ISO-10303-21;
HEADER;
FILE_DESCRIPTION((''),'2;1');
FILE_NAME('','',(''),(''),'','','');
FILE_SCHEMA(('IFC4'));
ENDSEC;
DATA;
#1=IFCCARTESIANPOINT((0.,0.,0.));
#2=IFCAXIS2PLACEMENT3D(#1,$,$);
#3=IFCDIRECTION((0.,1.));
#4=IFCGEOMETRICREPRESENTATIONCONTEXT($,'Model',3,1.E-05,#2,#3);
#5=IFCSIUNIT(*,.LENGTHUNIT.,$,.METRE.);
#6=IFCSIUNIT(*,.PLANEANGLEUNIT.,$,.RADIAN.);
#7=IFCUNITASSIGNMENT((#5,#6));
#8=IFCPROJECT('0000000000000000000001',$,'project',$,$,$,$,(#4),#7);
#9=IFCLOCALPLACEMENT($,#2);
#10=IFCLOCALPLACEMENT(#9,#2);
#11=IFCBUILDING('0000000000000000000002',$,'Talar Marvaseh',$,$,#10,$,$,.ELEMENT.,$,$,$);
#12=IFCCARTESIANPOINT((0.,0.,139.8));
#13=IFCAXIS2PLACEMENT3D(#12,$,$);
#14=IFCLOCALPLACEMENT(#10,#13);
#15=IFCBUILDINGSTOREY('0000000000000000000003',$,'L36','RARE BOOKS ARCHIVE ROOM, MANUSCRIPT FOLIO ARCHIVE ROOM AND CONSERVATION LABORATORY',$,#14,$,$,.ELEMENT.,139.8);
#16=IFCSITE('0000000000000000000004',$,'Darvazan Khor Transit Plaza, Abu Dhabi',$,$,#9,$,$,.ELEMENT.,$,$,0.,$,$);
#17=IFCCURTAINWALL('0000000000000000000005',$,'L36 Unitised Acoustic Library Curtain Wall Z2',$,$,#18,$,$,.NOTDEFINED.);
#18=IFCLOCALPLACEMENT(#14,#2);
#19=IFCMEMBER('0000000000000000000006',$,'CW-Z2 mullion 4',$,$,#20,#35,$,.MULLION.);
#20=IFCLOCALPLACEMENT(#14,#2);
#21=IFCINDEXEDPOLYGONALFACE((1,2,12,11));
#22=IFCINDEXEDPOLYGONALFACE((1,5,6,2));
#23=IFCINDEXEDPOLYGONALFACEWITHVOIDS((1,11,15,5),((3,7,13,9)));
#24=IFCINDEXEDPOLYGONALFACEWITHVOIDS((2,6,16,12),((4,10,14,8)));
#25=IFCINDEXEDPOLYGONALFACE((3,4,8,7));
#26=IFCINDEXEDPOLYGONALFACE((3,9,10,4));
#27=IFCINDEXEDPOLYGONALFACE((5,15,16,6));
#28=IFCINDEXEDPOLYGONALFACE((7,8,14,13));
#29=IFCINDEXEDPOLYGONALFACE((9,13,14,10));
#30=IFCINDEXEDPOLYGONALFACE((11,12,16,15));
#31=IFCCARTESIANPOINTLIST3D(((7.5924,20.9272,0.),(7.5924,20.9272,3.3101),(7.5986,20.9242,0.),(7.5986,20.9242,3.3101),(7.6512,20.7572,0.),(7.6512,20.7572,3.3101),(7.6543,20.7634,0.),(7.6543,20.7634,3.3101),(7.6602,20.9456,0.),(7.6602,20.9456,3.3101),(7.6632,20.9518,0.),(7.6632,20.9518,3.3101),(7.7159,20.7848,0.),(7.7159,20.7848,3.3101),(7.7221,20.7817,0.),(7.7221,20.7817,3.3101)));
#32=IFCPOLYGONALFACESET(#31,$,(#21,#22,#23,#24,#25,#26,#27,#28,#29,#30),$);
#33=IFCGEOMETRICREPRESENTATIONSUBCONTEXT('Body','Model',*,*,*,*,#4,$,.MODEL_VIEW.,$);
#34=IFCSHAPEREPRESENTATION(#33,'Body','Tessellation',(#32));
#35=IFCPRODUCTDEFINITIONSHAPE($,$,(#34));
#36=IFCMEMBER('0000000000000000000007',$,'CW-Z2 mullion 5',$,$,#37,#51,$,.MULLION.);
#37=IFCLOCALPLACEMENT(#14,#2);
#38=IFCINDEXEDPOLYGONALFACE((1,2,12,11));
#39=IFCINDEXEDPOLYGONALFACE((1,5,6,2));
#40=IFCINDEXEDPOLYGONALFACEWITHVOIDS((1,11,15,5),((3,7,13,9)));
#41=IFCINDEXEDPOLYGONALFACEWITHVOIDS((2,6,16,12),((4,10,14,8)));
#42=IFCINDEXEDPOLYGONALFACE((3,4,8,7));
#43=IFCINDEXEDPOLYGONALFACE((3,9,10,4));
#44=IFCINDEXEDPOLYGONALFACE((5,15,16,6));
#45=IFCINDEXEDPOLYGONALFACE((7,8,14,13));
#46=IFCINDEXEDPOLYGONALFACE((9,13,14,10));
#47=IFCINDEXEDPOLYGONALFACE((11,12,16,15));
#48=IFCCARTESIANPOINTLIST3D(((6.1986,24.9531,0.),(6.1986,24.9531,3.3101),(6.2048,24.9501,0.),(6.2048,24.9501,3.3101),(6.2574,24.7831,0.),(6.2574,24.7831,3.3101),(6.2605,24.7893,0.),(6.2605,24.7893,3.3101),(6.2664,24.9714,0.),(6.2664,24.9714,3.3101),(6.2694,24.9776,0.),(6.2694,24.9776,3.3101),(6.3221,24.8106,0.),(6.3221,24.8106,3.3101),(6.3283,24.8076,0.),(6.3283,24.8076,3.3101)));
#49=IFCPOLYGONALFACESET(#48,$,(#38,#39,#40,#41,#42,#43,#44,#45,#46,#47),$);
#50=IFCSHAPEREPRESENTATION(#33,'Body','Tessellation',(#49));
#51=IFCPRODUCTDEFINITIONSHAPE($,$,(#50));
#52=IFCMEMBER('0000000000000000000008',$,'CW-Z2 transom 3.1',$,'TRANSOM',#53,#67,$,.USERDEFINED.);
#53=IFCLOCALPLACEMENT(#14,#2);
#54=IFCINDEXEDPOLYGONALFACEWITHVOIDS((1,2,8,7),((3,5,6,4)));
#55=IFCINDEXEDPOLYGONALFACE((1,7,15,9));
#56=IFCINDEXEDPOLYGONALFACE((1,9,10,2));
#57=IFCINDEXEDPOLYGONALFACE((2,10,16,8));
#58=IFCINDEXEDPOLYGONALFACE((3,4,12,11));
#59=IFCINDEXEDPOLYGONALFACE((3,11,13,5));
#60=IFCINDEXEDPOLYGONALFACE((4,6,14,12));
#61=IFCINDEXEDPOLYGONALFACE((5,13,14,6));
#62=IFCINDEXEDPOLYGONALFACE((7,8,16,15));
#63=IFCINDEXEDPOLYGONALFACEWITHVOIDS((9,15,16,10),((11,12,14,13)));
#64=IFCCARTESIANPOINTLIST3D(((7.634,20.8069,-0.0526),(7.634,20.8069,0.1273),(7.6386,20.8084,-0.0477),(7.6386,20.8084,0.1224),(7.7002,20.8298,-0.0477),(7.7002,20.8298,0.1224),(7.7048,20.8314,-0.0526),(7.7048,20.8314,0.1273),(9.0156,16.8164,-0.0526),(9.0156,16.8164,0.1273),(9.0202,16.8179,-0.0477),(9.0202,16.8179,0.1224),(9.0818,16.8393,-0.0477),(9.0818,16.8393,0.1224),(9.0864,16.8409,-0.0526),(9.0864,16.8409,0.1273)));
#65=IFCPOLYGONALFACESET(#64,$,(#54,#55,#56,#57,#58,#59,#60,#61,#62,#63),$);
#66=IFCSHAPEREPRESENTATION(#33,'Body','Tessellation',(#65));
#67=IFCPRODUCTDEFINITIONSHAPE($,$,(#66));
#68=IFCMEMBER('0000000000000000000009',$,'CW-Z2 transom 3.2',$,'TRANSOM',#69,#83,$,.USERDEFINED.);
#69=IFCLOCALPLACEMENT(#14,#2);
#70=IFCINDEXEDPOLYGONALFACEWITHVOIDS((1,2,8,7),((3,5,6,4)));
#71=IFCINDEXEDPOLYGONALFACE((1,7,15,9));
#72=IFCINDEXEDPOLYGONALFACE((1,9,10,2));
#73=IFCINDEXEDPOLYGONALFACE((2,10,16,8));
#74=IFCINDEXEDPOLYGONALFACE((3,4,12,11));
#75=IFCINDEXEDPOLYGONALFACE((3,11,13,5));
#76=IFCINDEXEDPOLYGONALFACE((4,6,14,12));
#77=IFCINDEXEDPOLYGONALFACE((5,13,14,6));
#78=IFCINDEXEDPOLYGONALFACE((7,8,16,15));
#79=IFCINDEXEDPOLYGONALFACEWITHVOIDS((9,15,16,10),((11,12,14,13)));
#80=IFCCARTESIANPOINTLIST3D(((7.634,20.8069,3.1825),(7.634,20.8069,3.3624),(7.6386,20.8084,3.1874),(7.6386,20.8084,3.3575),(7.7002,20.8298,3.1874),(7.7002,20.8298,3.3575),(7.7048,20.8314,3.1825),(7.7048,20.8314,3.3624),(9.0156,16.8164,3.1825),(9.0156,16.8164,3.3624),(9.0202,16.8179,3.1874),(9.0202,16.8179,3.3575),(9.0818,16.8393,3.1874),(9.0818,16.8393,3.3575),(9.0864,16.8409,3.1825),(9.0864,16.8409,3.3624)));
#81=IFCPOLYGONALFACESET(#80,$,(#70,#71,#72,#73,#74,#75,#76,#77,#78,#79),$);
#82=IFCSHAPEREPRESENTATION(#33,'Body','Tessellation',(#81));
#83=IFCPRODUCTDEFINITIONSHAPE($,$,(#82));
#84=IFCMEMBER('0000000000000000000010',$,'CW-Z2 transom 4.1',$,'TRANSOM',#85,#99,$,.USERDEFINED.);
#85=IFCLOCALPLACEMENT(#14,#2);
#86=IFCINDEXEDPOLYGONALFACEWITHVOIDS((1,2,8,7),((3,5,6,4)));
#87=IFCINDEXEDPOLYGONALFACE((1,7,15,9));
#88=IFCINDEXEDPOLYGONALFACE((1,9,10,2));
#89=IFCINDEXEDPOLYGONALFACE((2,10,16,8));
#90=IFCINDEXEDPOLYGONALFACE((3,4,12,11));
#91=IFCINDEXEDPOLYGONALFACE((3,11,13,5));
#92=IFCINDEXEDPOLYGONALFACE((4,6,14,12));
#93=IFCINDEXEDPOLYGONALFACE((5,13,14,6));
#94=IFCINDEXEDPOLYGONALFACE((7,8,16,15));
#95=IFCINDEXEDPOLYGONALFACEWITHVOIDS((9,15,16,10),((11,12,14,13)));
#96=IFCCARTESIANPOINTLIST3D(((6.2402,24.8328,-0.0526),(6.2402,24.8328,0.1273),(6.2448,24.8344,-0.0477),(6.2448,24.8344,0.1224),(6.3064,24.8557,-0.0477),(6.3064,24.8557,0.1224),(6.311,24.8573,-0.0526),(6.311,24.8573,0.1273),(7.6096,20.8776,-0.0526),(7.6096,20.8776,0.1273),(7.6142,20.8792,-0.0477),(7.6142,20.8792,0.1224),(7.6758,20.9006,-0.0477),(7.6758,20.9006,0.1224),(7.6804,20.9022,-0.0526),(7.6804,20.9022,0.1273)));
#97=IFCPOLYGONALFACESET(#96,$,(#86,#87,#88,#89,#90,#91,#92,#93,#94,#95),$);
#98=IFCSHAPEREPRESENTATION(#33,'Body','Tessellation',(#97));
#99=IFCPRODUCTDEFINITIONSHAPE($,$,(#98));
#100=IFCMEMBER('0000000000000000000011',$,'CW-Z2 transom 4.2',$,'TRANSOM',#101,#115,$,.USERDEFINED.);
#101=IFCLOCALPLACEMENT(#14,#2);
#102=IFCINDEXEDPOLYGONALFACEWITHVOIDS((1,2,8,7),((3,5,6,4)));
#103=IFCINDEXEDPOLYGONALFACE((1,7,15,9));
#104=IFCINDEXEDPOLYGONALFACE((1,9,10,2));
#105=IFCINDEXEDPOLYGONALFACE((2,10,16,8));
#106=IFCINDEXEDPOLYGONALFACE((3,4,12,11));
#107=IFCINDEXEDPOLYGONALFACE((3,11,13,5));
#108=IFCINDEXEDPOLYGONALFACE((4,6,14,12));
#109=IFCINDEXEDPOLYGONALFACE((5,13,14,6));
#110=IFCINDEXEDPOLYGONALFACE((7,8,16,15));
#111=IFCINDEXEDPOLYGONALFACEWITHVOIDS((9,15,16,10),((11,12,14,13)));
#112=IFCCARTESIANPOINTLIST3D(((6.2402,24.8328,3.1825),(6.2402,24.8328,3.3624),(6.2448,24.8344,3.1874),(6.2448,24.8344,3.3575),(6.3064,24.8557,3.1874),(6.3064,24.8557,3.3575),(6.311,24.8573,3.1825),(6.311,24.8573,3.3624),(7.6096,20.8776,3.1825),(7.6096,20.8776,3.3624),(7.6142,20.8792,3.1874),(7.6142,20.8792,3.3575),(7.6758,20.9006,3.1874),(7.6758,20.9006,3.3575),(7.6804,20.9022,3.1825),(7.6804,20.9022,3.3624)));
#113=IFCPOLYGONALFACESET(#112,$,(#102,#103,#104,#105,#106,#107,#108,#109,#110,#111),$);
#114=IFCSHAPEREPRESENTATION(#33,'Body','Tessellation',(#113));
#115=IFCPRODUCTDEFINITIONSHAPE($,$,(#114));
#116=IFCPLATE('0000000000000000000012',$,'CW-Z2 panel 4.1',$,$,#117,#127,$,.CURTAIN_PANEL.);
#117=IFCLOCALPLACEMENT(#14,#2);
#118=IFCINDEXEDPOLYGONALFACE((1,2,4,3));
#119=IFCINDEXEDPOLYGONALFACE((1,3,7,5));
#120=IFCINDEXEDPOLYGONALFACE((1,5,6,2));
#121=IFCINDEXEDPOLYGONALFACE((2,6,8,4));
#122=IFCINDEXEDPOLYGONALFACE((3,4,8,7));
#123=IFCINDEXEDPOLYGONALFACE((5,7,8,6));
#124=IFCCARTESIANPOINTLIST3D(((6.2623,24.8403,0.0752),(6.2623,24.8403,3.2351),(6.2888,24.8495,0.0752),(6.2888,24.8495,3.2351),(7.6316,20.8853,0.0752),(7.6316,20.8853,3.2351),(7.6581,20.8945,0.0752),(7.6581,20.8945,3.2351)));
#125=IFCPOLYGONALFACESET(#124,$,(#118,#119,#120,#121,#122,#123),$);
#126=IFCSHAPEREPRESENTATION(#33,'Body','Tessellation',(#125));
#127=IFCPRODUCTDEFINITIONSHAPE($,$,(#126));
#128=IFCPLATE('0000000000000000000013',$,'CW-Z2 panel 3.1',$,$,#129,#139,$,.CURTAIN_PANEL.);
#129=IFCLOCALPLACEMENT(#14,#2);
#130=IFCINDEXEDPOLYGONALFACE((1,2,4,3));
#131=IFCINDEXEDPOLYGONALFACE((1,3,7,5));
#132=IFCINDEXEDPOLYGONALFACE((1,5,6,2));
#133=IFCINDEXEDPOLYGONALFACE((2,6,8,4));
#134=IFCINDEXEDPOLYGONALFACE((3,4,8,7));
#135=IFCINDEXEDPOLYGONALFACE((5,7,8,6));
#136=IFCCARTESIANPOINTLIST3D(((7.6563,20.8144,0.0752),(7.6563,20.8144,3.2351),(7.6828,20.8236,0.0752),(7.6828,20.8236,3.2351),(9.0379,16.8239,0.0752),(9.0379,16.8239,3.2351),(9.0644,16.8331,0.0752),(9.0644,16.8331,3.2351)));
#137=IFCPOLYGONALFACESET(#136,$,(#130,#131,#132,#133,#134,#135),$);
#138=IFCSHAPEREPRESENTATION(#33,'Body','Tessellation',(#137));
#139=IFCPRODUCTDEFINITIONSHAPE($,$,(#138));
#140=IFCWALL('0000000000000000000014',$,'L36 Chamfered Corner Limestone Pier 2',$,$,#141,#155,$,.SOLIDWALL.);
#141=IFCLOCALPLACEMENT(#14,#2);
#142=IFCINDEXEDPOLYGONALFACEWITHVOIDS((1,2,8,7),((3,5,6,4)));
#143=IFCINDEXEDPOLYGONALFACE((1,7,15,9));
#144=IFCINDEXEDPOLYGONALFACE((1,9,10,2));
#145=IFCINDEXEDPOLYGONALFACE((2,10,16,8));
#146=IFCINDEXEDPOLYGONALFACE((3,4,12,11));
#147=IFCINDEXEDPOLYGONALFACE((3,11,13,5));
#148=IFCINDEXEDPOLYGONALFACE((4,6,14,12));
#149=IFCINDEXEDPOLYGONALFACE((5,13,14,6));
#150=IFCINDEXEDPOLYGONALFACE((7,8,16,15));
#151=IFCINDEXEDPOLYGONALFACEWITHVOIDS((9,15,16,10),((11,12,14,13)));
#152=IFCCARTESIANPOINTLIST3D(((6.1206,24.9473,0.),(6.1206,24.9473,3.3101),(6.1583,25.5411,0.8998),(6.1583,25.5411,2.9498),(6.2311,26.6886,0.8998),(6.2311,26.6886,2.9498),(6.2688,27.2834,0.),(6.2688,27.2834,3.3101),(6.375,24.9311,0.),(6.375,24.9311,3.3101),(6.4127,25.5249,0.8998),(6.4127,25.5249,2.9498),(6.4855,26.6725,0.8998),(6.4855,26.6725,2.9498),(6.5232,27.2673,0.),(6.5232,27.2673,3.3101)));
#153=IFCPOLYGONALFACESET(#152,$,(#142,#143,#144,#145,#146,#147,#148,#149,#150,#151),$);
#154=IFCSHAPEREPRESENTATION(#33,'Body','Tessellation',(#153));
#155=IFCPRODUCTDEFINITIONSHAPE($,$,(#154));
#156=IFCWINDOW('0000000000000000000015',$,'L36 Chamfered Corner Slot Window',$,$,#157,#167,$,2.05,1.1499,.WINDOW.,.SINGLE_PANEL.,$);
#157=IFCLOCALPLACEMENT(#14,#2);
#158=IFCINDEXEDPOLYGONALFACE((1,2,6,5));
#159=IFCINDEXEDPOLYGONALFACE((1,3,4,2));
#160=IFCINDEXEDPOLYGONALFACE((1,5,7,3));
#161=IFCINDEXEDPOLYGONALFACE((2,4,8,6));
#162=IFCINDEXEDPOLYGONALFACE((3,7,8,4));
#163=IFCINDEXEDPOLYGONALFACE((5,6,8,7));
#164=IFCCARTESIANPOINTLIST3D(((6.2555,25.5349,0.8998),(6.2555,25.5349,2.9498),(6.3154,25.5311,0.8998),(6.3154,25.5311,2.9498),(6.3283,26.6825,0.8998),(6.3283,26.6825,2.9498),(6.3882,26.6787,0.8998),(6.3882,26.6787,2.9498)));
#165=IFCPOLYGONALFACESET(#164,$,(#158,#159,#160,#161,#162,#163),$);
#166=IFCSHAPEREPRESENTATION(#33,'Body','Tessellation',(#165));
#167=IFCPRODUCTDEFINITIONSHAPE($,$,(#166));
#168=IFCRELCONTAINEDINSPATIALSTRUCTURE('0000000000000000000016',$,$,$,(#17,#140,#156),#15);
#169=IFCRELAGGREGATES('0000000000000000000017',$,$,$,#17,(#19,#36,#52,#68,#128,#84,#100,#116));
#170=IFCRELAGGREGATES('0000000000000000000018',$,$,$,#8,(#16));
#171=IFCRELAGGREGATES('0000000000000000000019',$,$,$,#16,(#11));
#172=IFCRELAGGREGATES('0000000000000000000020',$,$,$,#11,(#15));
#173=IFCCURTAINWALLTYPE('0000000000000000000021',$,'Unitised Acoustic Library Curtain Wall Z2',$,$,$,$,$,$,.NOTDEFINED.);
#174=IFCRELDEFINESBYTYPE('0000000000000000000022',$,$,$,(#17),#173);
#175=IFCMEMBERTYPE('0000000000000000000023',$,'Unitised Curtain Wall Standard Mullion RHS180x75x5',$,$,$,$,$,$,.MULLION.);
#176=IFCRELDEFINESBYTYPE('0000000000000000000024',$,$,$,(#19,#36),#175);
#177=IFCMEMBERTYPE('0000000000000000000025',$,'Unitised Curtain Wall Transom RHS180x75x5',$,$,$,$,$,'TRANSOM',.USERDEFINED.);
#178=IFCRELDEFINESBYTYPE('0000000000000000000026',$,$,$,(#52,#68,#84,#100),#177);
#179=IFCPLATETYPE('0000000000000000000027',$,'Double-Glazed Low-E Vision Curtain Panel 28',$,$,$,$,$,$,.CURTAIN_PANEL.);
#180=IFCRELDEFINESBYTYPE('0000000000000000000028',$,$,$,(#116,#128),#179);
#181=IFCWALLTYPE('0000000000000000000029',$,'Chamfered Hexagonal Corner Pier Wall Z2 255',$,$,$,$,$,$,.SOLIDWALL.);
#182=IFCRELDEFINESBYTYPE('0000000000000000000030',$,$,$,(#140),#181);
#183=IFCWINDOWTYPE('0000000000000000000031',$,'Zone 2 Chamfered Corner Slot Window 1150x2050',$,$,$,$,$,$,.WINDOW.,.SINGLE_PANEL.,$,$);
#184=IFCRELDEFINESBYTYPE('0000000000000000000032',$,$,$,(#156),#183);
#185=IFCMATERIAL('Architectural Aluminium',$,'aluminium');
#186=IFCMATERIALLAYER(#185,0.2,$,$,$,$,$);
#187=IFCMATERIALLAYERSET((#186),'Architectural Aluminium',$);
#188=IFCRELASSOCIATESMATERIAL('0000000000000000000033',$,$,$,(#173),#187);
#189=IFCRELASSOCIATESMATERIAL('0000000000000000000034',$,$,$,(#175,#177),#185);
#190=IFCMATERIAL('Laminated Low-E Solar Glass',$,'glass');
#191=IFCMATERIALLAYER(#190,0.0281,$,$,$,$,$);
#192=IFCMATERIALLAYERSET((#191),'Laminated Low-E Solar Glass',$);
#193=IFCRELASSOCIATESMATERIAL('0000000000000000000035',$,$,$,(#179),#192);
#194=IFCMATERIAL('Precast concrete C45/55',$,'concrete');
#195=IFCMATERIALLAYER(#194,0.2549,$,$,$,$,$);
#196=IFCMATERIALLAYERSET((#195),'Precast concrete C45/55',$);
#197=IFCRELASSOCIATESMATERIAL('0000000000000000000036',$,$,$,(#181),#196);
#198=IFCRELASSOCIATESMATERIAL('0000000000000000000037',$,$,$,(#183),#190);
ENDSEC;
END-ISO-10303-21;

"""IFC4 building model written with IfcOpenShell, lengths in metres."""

from ifc_helpers import new_model, si_unit, direction, frame, frame_2d, origin, origin_2d, place, context, subcontext, project, spatial, rectangle, hollow_rectangle, extrude, source, transform, mapped, material, layer, layer_set, material_profile, profile_set, type_object, type_shapes, element, fill, aggregate, save


model = new_model("IFC4")

# Units and contexts
model_context = context("Model", 3, precision=1e-05, world=origin(), true_north=direction((0.0, 1.0)))
body_context = subcontext(model_context, "Body", "Model", "MODEL_VIEW")
ifc_project = project(units=[si_unit("LENGTHUNIT", "METRE"), si_unit("PLANEANGLEUNIT", "RADIAN")], contexts=[model_context])

# Site, building, storey
site_placement = place(None, origin())
site = spatial("IfcSite", under=ifc_project, at=site_placement, Name="Darvazan Khor Transit Plaza, Abu Dhabi", CompositionType="ELEMENT", RefElevation=0.0)
building_placement = place(site_placement, origin())
building = spatial("IfcBuilding", under=site, at=building_placement, Name="Talar Marvaseh", CompositionType="ELEMENT")
storey_placement = place(building_placement, frame((0.0, 0.0, 139.8)))
storey = spatial("IfcBuildingStorey", under=building, at=storey_placement, Name="L36", Description="RARE BOOKS ARCHIVE ROOM, MANUSCRIPT FOLIO ARCHIVE ROOM AND CONSERVATION LABORATORY", CompositionType="ELEMENT", Elevation=139.8)

# Curtain wall, members, plates
ifc_material_1 = material(Name="Architectural Aluminium", Category="aluminium")
ifc_layer_1 = layer(ifc_material_1, 0.2)
ifc_layer_set_1 = layer_set([ifc_layer_1], Name="Architectural Aluminium")
curtain_wall_type = type_object("IfcCurtainWallType", Name="Unitised Acoustic Library Curtain Wall Z2", PredefinedType="NOTDEFINED", material=ifc_layer_set_1)
curtain_wall_placement = place(storey_placement, origin())
curtain_wall = element("IfcCurtainWall", 1, at=curtain_wall_placement, inside=storey, type_object=curtain_wall_type, Name="L36 Unitised Acoustic Library Curtain Wall Z2", PredefinedType="NOTDEFINED")
ifc_material_profile_1 = material_profile(ifc_material_1, hollow_rectangle(XDim=0.075, YDim=0.1799, WallThickness=0.0049, at=origin_2d()), Name="RHS180x75x5")
ifc_profile_set_1 = profile_set([ifc_material_profile_1], Name="Architectural Aluminium")
member_type_1 = type_object("IfcMemberType", Name="Unitised Curtain Wall Standard Mullion RHS180x75x5", PredefinedType="MULLION", material=ifc_profile_set_1)
shared_shape_1 = source(origin(), body_context, "Body", "SweptSolid", [
    extrude(hollow_rectangle(XDim=0.075, YDim=0.1799, WallThickness=0.0049, at=origin_2d()), origin(), (0.0, 0.0, 1.0), 3.3101),
])
type_shapes(member_type_1, [shared_shape_1])
member_1_placement = place(storey_placement, frame((7.6572, 20.8545, 0.0), z_axis=(0.0, 0.0, 1.0), x_axis=(-0.944969, -0.32716, 0.0)))
member_1 = element("IfcMember", 2, at=member_1_placement, type_object=member_type_1, Name="CW-Z2 mullion 4", PredefinedType="MULLION", context=body_context, shape_type="MappedRepresentation", body=[
    mapped(shared_shape_1, transform((0.0, 0.0, 0.0), x_axis=(1.0, 0.0, 0.0), y_axis=(0.0, 1.0, 0.0), z_axis=(0.0, 0.0, 1.0), scale=1.0)),
])
member_2_placement = place(storey_placement, frame((6.2634, 24.8804, 0.0), z_axis=(0.0, 0.0, 1.0), x_axis=(-0.944969, -0.32716, 0.0)))
member_2 = element("IfcMember", 3, at=member_2_placement, type_object=member_type_1, Name="CW-Z2 mullion 5", PredefinedType="MULLION", context=body_context, shape_type="MappedRepresentation", body=[
    mapped(shared_shape_1, transform((0.0, 0.0, 0.0), x_axis=(1.0, 0.0, 0.0), y_axis=(0.0, 1.0, 0.0), z_axis=(0.0, 0.0, 1.0), scale=1.0)),
])
ifc_material_profile_2 = material_profile(ifc_material_1, hollow_rectangle(XDim=0.075, YDim=0.1799, WallThickness=0.0049, at=origin_2d()), Name="RHS180x75x5")
ifc_profile_set_2 = profile_set([ifc_material_profile_2], Name="Architectural Aluminium")
member_type_2 = type_object("IfcMemberType", Name="Unitised Curtain Wall Transom RHS180x75x5", ElementType="TRANSOM", PredefinedType="USERDEFINED", material=ifc_profile_set_2)
shared_shape_2 = source(origin(), body_context, "Body", "SweptSolid", [
    extrude(hollow_rectangle(XDim=0.075, YDim=0.1799, WallThickness=0.0049, at=origin_2d()), origin(), (0.0, 0.0, 1.0), 4.2229),
])
member_3_placement = place(storey_placement, frame((9.051, 16.8286, 0.0374), z_axis=(-0.327168, 0.944966, 0.0), x_axis=(-0.944966, -0.327168, 0.0)))
member_3 = element("IfcMember", 4, at=member_3_placement, type_object=member_type_2, Name="CW-Z2 transom 3.1", ObjectType="TRANSOM", PredefinedType="USERDEFINED", context=body_context, shape_type="MappedRepresentation", body=[
    mapped(shared_shape_2, transform((0.0, 0.0, 0.0), x_axis=(1.0, 0.0, 0.0), y_axis=(0.0, 1.0, 0.0), z_axis=(0.0, 0.0, 1.0), scale=1.0)),
])
member_4_placement = place(storey_placement, frame((9.051, 16.8286, 3.2725), z_axis=(-0.327168, 0.944966, 0.0), x_axis=(-0.944966, -0.327168, 0.0)))
member_4 = element("IfcMember", 5, at=member_4_placement, type_object=member_type_2, Name="CW-Z2 transom 3.2", ObjectType="TRANSOM", PredefinedType="USERDEFINED", context=body_context, shape_type="MappedRepresentation", body=[
    mapped(shared_shape_2, transform((0.0, 0.0, 0.0), x_axis=(1.0, 0.0, 0.0), y_axis=(0.0, 1.0, 0.0), z_axis=(0.0, 0.0, 1.0), scale=1.0)),
])
shared_shape_3 = source(origin(), body_context, "Body", "SweptSolid", [
    extrude(hollow_rectangle(XDim=0.075, YDim=0.1799, WallThickness=0.0049, at=origin_2d()), origin(), (0.0, 0.0, 1.0), 4.1855),
])
type_shapes(member_type_2, [shared_shape_2, shared_shape_3])
member_5_placement = place(storey_placement, frame((7.645, 20.8899, 0.0374), z_axis=(-0.327179, 0.944962, 0.0), x_axis=(-0.944962, -0.327179, 0.0)))
member_5 = element("IfcMember", 6, at=member_5_placement, type_object=member_type_2, Name="CW-Z2 transom 4.1", ObjectType="TRANSOM", PredefinedType="USERDEFINED", context=body_context, shape_type="MappedRepresentation", body=[
    mapped(shared_shape_3, transform((0.0, 0.0, 0.0), x_axis=(1.0, 0.0, 0.0), y_axis=(0.0, 1.0, 0.0), z_axis=(0.0, 0.0, 1.0), scale=1.0)),
])
member_6_placement = place(storey_placement, frame((7.645, 20.8899, 3.2725), z_axis=(-0.327179, 0.944962, 0.0), x_axis=(-0.944962, -0.327179, 0.0)))
member_6 = element("IfcMember", 7, at=member_6_placement, type_object=member_type_2, Name="CW-Z2 transom 4.2", ObjectType="TRANSOM", PredefinedType="USERDEFINED", context=body_context, shape_type="MappedRepresentation", body=[
    mapped(shared_shape_3, transform((0.0, 0.0, 0.0), x_axis=(1.0, 0.0, 0.0), y_axis=(0.0, 1.0, 0.0), z_axis=(0.0, 0.0, 1.0), scale=1.0)),
])
ifc_material_2 = material(Name="Laminated Low-E Solar Glass", Category="glass")
ifc_layer_2 = layer(ifc_material_2, 0.0281)
ifc_layer_set_2 = layer_set([ifc_layer_2], Name="Laminated Low-E Solar Glass")
plate_type = type_object("IfcPlateType", Name="Double-Glazed Low-E Vision Curtain Panel 28", PredefinedType="CURTAIN_PANEL", material=ifc_layer_set_2)
shared_shape_4 = source(origin(), body_context, "Body", "SweptSolid", [
    extrude(rectangle(XDim=4.1853, YDim=0.0281, at=origin_2d()), origin(), (0.0, 0.0, 1.0), 3.1599),
])
plate_1_placement = place(storey_placement, frame((6.9602, 22.8674, 0.0752), z_axis=(0.0, 0.0, 1.0), x_axis=(-0.32716, 0.944969, 0.0)))
plate_1 = element("IfcPlate", 8, at=plate_1_placement, type_object=plate_type, Name="CW-Z2 panel 4.1", PredefinedType="CURTAIN_PANEL", context=body_context, shape_type="MappedRepresentation", body=[
    mapped(shared_shape_4, transform((0.0, 0.0, 0.0), x_axis=(1.0, 0.0, 0.0), y_axis=(0.0, 1.0, 0.0), z_axis=(0.0, 0.0, 1.0), scale=1.0)),
])
shared_shape_5 = source(origin(), body_context, "Body", "SweptSolid", [
    extrude(rectangle(XDim=4.2229, YDim=0.0281, at=origin_2d()), origin(), (0.0, 0.0, 1.0), 3.1599),
])
type_shapes(plate_type, [shared_shape_4, shared_shape_5])
plate_2_placement = place(storey_placement, frame((8.3604, 18.8237, 0.0752), z_axis=(0.0, 0.0, 1.0), x_axis=(-0.32716, 0.944969, 0.0)))
plate_2 = element("IfcPlate", 9, at=plate_2_placement, type_object=plate_type, Name="CW-Z2 panel 3.1", PredefinedType="CURTAIN_PANEL", context=body_context, shape_type="MappedRepresentation", body=[
    mapped(shared_shape_5, transform((0.0, 0.0, 0.0), x_axis=(1.0, 0.0, 0.0), y_axis=(0.0, 1.0, 0.0), z_axis=(0.0, 0.0, 1.0), scale=1.0)),
])
aggregate(curtain_wall, [member_1, member_2, member_3, member_4, plate_2, member_5, member_6, plate_1])

# Wall, opening, window
ifc_material_3 = material(Name="Precast concrete C45/55", Category="concrete")
ifc_layer_3 = layer(ifc_material_3, 0.2549)
ifc_layer_set_3 = layer_set([ifc_layer_3], Name="Precast concrete C45/55")
wall_type_1 = type_object("IfcWallType", Name="Chamfered Hexagonal Corner Pier Wall Z2 255", PredefinedType="SOLIDWALL", material=ifc_layer_set_3)
wall_1_placement = place(storey_placement, frame((6.2478, 24.9392, 0.0), z_axis=(0.0, 0.0, 1.0), x_axis=(0.063307, 0.997994, 0.0)))
wall_1 = element("IfcWall", 10, at=wall_1_placement, inside=storey, type_object=wall_type_1, Name="L36 Chamfered Corner Limestone Pier 2", PredefinedType="SOLIDWALL", context=body_context, shape_type="SweptSolid", body=[
    extrude(rectangle(XDim=2.3408, YDim=0.2549, at=frame_2d((1.1704, 0.0))), origin(), (0.0, 0.0, 1.0), 3.3101),
])
opening_placement = place(wall_1_placement, frame((0.595, 0.0, 0.8999)))
opening = element("IfcOpeningElement", 11, at=opening_placement, cuts=wall_1, PredefinedType="OPENING", context=body_context, shape_type="SweptSolid", body=[
    extrude(rectangle(XDim=1.1499, YDim=2.05, at=frame_2d((0.575, 1.0249))), frame((0.0, 0.1375, 0.0), z_axis=(0.0, -1.0, 0.0), x_axis=(1.0, 0.0, 0.0)), (0.0, 0.0, 1.0), 0.2749),
])
window_type = type_object("IfcWindowType", Name="Zone 2 Chamfered Corner Slot Window 1150x2050", PartitioningType="SINGLE_PANEL", PredefinedType="WINDOW", material=ifc_material_2)
shared_shape_6 = source(origin(), body_context, "Body", "SweptSolid", [
    extrude(rectangle(XDim=1.1499, YDim=2.05, at=frame_2d((0.575, 1.0249))), frame((0.0, 0.03, 0.0), z_axis=(0.0, -1.0, 0.0), x_axis=(1.0, 0.0, 0.0)), (0.0, 0.0, 1.0), 0.0601),
])
type_shapes(window_type, [shared_shape_6])
window_placement = place(opening_placement, origin())
window = element("IfcWindow", 12, at=window_placement, inside=storey, type_object=window_type, Name="L36 Chamfered Corner Slot Window", OverallHeight=2.05, OverallWidth=1.1499, PartitioningType="SINGLE_PANEL", PredefinedType="WINDOW", context=body_context, shape_type="MappedRepresentation", body=[
    mapped(shared_shape_6, transform((0.0, 0.0, 0.0), x_axis=(1.0, 0.0, 0.0), y_axis=(0.0, 1.0, 0.0), z_axis=(0.0, 0.0, 1.0), scale=1.0)),
])
fill(opening, window)

save(model, "model.ifc")
